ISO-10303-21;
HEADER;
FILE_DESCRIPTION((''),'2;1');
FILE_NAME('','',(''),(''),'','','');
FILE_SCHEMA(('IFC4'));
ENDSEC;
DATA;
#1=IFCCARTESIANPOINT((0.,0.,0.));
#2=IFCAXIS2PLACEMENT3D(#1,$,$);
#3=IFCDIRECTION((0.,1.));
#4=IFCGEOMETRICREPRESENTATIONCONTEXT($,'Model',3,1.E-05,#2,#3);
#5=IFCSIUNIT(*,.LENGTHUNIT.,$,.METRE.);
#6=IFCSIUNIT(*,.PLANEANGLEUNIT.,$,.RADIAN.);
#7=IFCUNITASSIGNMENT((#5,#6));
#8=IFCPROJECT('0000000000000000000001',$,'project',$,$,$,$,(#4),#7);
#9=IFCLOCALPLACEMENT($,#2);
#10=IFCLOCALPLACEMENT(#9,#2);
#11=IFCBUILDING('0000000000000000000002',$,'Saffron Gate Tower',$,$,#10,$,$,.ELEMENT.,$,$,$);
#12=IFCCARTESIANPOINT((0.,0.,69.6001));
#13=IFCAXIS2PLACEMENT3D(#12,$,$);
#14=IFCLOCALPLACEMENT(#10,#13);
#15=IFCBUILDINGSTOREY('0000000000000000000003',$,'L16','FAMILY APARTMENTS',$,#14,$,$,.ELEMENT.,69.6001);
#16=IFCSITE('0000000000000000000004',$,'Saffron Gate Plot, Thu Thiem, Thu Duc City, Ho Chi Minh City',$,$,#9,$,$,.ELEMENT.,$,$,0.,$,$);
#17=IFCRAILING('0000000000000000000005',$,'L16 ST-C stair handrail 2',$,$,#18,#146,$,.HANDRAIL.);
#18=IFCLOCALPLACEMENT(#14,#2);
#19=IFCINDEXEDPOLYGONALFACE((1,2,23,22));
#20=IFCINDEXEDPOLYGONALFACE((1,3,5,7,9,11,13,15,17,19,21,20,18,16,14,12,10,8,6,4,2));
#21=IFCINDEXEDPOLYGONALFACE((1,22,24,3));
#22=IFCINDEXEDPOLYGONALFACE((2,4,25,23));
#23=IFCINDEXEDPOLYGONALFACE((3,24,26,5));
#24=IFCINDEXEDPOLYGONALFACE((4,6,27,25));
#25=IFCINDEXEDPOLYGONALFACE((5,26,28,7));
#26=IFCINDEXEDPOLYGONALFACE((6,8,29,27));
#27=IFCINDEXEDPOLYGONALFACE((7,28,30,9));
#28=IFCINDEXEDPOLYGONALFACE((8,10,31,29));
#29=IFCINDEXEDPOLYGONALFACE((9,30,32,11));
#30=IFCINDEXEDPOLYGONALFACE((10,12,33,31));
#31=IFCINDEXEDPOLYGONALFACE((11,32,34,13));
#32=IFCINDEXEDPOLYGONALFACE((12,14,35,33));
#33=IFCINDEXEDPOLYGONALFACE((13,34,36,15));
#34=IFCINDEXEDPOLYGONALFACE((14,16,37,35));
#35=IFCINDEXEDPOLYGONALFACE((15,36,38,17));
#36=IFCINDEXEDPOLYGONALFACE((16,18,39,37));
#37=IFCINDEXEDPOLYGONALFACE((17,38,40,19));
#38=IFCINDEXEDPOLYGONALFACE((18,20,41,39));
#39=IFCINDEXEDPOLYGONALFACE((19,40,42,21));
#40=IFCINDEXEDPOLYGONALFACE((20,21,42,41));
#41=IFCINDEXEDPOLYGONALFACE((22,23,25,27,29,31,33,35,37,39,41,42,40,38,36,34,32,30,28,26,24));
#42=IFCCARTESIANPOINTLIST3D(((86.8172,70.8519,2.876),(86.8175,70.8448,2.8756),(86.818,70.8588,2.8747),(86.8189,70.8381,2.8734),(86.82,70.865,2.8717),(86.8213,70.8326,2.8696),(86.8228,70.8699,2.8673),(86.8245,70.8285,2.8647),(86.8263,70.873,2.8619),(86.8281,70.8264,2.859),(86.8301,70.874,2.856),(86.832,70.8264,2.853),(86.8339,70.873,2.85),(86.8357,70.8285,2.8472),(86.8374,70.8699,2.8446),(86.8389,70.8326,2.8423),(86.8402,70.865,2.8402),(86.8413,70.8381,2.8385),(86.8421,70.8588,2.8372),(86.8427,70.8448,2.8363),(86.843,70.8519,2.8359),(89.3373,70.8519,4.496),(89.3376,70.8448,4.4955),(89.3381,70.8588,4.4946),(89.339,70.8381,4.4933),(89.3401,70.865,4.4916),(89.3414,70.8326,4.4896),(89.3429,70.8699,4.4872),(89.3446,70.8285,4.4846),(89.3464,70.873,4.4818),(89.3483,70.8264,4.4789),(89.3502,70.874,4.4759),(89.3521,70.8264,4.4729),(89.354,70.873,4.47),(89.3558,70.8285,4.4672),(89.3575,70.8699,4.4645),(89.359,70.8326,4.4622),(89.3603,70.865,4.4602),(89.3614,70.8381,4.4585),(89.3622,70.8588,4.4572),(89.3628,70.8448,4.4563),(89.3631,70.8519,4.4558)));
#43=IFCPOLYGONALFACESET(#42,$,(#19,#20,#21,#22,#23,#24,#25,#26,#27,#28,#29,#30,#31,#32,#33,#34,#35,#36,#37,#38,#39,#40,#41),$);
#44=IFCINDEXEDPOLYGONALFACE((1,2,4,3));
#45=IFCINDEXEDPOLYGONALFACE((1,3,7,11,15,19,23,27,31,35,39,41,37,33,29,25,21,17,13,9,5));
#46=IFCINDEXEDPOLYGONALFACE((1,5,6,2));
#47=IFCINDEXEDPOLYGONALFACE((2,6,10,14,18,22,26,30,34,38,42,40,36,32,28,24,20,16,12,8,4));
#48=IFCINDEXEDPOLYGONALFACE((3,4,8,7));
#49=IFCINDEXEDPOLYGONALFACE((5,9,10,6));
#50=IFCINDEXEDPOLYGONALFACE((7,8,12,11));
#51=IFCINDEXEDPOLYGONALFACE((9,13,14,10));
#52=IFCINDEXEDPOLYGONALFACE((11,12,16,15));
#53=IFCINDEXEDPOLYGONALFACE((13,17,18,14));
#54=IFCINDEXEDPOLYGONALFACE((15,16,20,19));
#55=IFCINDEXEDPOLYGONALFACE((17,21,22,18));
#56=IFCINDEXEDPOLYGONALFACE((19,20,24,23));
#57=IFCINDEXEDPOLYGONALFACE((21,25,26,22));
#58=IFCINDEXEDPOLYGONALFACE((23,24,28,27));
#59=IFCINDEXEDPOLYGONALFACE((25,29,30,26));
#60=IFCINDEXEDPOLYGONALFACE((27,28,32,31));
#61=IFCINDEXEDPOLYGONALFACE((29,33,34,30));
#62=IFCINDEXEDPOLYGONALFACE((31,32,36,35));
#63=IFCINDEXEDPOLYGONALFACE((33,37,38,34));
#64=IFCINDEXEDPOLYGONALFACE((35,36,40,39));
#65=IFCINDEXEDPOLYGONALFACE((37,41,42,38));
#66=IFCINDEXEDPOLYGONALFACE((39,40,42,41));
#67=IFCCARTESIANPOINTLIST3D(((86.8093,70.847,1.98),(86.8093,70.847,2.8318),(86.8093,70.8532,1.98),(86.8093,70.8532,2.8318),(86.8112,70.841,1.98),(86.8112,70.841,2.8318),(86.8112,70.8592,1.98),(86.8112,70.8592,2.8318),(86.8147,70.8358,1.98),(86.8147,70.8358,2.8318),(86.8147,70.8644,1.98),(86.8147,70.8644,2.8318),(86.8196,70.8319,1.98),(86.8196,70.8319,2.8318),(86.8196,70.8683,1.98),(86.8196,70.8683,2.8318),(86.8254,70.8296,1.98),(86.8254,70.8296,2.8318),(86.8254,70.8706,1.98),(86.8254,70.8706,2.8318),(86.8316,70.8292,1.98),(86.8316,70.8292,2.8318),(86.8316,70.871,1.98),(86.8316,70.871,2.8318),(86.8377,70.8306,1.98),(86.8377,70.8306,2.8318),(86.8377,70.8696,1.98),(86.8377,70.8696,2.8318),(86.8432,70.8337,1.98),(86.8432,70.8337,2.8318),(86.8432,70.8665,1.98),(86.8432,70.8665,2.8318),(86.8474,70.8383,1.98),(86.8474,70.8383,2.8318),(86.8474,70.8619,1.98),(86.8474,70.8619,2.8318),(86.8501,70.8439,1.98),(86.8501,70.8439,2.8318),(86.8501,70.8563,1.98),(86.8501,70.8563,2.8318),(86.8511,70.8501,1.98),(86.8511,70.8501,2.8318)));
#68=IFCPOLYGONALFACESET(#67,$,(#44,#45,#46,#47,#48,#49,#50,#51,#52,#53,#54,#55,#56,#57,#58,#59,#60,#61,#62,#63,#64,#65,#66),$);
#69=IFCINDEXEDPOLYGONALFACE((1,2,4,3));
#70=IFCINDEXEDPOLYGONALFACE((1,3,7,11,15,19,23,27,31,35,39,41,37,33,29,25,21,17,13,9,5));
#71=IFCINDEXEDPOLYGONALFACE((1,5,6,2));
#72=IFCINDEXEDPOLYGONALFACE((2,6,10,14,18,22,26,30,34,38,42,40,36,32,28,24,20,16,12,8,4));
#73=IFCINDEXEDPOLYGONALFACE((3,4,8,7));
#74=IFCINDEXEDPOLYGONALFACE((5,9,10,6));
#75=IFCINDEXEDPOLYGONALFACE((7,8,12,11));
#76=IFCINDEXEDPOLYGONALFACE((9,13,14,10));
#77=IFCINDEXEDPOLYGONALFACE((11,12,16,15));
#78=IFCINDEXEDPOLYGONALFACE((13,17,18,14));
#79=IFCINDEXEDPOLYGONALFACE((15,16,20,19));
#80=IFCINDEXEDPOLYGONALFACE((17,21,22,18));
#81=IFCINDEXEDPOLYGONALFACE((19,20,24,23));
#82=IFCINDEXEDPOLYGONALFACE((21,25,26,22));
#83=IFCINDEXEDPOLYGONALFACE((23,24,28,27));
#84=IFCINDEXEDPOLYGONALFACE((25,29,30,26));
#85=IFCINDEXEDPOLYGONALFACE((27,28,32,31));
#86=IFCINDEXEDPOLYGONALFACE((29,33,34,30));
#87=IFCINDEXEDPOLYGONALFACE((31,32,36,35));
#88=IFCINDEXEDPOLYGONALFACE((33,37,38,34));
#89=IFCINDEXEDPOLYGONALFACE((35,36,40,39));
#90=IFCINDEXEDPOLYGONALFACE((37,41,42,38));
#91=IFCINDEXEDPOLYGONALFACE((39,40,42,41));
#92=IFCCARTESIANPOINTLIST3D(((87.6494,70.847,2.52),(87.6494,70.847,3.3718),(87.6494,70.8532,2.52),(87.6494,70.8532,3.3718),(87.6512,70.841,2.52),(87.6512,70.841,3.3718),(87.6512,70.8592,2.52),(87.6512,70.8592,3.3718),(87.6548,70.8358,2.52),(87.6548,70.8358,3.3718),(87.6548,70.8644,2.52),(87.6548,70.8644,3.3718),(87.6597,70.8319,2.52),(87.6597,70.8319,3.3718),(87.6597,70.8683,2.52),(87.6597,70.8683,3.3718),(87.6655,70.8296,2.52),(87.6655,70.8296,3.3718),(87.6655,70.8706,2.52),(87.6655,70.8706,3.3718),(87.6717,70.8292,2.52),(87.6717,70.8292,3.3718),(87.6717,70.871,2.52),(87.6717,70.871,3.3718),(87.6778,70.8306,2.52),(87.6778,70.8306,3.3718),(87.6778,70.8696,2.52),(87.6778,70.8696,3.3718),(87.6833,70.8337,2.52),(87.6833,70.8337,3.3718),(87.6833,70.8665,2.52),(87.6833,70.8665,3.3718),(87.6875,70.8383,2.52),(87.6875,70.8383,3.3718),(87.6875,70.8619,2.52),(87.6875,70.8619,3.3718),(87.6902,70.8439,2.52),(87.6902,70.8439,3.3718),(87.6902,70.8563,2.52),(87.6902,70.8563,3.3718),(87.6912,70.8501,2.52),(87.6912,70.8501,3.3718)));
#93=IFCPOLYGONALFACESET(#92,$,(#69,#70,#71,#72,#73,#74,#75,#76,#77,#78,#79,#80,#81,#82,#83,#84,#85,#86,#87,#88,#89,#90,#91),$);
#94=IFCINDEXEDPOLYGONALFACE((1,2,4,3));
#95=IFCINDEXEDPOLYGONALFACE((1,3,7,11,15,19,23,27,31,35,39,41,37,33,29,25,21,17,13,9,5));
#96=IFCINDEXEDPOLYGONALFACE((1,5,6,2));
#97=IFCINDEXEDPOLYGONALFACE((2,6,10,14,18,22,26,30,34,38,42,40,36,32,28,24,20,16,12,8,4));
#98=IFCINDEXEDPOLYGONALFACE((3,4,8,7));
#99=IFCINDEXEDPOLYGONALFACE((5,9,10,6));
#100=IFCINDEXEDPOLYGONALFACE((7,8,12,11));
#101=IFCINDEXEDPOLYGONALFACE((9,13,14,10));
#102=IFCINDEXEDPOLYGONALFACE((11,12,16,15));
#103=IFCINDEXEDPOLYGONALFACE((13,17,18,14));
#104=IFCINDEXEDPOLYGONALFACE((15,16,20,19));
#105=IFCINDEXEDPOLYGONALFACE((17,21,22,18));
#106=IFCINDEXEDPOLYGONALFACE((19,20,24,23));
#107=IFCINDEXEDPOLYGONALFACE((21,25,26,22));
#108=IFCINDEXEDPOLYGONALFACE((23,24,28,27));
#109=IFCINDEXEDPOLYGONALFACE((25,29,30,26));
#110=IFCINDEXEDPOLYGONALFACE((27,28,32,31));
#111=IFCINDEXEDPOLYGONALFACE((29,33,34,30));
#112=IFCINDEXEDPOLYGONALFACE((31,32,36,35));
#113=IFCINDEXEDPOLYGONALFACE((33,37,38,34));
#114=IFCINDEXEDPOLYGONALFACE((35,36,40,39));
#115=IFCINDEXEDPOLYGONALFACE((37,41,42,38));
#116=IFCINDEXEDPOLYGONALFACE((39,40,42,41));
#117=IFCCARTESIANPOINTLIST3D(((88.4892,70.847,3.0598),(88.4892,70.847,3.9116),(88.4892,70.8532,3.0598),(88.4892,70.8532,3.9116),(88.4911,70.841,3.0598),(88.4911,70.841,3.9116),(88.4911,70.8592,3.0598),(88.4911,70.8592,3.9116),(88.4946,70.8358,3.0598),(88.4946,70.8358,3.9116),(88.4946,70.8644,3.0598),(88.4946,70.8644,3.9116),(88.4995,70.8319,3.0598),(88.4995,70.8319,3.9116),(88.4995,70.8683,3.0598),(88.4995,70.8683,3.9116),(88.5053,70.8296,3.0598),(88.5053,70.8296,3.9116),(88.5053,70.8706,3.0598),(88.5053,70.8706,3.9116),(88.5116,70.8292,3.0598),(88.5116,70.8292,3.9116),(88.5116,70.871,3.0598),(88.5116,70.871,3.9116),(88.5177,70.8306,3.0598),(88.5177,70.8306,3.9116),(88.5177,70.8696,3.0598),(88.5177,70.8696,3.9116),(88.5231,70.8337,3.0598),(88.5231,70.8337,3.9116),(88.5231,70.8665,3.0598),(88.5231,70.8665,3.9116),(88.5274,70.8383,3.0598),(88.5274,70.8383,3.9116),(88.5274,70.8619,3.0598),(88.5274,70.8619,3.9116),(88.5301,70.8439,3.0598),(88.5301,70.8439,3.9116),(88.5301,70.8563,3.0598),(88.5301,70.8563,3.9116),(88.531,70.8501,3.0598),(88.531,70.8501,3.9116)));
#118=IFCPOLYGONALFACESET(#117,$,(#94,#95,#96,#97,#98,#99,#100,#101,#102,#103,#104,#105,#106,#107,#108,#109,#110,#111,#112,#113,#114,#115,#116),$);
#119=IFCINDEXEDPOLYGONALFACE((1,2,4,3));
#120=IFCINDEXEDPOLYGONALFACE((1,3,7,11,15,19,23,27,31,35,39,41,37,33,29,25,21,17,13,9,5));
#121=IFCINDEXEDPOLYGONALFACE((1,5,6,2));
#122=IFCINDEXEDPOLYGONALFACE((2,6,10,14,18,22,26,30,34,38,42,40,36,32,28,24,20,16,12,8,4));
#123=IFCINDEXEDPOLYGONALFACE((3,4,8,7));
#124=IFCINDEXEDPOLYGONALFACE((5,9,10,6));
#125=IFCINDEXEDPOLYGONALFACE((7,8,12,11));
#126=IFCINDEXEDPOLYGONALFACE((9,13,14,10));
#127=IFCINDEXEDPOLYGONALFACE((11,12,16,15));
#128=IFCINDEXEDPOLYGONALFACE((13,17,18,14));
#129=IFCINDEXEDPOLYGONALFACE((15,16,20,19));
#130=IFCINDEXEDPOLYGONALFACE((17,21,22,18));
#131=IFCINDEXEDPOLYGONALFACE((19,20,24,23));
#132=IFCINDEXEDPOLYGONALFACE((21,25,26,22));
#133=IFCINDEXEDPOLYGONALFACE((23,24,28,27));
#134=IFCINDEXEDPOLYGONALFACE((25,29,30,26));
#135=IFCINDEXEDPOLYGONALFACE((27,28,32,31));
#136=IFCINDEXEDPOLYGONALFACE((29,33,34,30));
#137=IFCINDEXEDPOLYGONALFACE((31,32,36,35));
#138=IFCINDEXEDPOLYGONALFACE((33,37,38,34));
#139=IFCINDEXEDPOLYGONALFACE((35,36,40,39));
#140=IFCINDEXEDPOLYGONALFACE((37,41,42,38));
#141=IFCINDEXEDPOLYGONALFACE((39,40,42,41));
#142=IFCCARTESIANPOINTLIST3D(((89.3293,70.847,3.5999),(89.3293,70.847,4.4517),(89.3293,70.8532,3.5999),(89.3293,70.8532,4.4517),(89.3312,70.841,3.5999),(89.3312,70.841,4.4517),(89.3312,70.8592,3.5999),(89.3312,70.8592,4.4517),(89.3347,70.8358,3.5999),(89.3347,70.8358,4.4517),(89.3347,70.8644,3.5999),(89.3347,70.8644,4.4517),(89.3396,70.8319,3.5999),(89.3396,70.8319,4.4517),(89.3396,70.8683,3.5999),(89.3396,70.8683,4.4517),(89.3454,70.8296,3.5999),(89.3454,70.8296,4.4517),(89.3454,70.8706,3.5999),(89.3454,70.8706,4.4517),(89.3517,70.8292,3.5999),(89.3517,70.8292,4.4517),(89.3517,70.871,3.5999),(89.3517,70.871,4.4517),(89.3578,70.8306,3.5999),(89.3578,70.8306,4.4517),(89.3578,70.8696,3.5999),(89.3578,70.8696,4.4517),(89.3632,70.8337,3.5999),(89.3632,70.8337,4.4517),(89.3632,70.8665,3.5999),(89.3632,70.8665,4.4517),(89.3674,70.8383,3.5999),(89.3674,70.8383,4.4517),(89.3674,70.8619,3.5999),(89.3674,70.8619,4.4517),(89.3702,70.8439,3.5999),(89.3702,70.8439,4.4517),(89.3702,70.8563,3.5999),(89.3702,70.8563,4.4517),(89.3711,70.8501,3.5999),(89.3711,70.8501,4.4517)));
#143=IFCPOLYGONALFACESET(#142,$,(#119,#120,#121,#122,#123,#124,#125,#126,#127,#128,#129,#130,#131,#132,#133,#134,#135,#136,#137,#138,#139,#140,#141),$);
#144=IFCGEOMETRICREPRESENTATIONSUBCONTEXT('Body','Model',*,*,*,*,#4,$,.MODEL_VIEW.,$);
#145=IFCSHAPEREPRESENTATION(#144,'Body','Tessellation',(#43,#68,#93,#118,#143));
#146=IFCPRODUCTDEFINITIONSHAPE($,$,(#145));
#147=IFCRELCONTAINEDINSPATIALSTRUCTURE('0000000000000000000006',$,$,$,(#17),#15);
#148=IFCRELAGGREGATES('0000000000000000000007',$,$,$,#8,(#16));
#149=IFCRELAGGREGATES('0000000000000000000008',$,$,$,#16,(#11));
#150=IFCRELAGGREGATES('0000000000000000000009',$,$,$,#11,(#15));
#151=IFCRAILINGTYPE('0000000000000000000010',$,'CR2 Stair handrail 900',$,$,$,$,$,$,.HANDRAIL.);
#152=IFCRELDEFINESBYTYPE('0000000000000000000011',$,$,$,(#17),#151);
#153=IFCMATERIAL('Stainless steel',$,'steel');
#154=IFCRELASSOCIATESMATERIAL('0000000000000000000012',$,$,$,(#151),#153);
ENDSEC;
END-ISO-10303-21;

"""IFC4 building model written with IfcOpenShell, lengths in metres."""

from ifc_helpers import new_model, si_unit, direction, frame, origin, origin_2d, place, context, subcontext, project, spatial, circle, extrude, material, type_object, element, save


model = new_model("IFC4")

# Units and contexts
model_context = context("Model", 3, precision=1e-05, world=origin(), true_north=direction((0.0, 1.0)))
body_context = subcontext(model_context, "Body", "Model", "MODEL_VIEW")
ifc_project = project(units=[si_unit("LENGTHUNIT", "METRE"), si_unit("PLANEANGLEUNIT", "RADIAN")], contexts=[model_context])

# Site, building, storey
site_placement = place(None, origin())
site = spatial("IfcSite", under=ifc_project, at=site_placement, Name="Saffron Gate Plot, Thu Thiem, Thu Duc City, Ho Chi Minh City", CompositionType="ELEMENT", RefElevation=0.0)
building_placement = place(site_placement, origin())
building = spatial("IfcBuilding", under=site, at=building_placement, Name="Saffron Gate Tower", CompositionType="ELEMENT")
storey_placement = place(building_placement, frame((0.0, 0.0, 69.6001)))
storey = spatial("IfcBuildingStorey", under=building, at=storey_placement, Name="L16", Description="FAMILY APARTMENTS", CompositionType="ELEMENT", Elevation=69.6001)

# Railing
ifc_material_1 = material(Name="Stainless steel", Category="steel")
railing_type_1 = type_object("IfcRailingType", Name="CR2 Stair handrail 900", PredefinedType="HANDRAIL", material=ifc_material_1)
railing_1_placement = place(storey_placement, frame((86.8301, 70.8501, 1.98)))
element("IfcRailing", 1, at=railing_1_placement, inside=storey, type_object=railing_type_1, Name="L16 ST-C stair handrail 2", PredefinedType="HANDRAIL", context=body_context, shape_type="SweptSolid", body=[
    extrude(circle(Radius=0.0239, at=origin_2d()), frame((0.0, 0.0, 0.876), z_axis=(0.8412, 0.0, 0.540725), x_axis=(0.0, 1.0, 0.0)), (0.0, 0.0, 1.0), 2.9958),
    extrude(circle(Radius=0.021, at=origin_2d()), origin(), (0.0, 0.0, 1.0), 0.8518),
    extrude(circle(Radius=0.021, at=origin_2d()), frame((0.8401, 0.0, 0.54)), (0.0, 0.0, 1.0), 0.8518),
    extrude(circle(Radius=0.021, at=origin_2d()), frame((1.6799, 0.0, 1.0798)), (0.0, 0.0, 1.0), 0.8518),
    extrude(circle(Radius=0.021, at=origin_2d()), frame((2.52, 0.0, 1.6199)), (0.0, 0.0, 1.0), 0.8518),
])

save(model, "model.ifc")
